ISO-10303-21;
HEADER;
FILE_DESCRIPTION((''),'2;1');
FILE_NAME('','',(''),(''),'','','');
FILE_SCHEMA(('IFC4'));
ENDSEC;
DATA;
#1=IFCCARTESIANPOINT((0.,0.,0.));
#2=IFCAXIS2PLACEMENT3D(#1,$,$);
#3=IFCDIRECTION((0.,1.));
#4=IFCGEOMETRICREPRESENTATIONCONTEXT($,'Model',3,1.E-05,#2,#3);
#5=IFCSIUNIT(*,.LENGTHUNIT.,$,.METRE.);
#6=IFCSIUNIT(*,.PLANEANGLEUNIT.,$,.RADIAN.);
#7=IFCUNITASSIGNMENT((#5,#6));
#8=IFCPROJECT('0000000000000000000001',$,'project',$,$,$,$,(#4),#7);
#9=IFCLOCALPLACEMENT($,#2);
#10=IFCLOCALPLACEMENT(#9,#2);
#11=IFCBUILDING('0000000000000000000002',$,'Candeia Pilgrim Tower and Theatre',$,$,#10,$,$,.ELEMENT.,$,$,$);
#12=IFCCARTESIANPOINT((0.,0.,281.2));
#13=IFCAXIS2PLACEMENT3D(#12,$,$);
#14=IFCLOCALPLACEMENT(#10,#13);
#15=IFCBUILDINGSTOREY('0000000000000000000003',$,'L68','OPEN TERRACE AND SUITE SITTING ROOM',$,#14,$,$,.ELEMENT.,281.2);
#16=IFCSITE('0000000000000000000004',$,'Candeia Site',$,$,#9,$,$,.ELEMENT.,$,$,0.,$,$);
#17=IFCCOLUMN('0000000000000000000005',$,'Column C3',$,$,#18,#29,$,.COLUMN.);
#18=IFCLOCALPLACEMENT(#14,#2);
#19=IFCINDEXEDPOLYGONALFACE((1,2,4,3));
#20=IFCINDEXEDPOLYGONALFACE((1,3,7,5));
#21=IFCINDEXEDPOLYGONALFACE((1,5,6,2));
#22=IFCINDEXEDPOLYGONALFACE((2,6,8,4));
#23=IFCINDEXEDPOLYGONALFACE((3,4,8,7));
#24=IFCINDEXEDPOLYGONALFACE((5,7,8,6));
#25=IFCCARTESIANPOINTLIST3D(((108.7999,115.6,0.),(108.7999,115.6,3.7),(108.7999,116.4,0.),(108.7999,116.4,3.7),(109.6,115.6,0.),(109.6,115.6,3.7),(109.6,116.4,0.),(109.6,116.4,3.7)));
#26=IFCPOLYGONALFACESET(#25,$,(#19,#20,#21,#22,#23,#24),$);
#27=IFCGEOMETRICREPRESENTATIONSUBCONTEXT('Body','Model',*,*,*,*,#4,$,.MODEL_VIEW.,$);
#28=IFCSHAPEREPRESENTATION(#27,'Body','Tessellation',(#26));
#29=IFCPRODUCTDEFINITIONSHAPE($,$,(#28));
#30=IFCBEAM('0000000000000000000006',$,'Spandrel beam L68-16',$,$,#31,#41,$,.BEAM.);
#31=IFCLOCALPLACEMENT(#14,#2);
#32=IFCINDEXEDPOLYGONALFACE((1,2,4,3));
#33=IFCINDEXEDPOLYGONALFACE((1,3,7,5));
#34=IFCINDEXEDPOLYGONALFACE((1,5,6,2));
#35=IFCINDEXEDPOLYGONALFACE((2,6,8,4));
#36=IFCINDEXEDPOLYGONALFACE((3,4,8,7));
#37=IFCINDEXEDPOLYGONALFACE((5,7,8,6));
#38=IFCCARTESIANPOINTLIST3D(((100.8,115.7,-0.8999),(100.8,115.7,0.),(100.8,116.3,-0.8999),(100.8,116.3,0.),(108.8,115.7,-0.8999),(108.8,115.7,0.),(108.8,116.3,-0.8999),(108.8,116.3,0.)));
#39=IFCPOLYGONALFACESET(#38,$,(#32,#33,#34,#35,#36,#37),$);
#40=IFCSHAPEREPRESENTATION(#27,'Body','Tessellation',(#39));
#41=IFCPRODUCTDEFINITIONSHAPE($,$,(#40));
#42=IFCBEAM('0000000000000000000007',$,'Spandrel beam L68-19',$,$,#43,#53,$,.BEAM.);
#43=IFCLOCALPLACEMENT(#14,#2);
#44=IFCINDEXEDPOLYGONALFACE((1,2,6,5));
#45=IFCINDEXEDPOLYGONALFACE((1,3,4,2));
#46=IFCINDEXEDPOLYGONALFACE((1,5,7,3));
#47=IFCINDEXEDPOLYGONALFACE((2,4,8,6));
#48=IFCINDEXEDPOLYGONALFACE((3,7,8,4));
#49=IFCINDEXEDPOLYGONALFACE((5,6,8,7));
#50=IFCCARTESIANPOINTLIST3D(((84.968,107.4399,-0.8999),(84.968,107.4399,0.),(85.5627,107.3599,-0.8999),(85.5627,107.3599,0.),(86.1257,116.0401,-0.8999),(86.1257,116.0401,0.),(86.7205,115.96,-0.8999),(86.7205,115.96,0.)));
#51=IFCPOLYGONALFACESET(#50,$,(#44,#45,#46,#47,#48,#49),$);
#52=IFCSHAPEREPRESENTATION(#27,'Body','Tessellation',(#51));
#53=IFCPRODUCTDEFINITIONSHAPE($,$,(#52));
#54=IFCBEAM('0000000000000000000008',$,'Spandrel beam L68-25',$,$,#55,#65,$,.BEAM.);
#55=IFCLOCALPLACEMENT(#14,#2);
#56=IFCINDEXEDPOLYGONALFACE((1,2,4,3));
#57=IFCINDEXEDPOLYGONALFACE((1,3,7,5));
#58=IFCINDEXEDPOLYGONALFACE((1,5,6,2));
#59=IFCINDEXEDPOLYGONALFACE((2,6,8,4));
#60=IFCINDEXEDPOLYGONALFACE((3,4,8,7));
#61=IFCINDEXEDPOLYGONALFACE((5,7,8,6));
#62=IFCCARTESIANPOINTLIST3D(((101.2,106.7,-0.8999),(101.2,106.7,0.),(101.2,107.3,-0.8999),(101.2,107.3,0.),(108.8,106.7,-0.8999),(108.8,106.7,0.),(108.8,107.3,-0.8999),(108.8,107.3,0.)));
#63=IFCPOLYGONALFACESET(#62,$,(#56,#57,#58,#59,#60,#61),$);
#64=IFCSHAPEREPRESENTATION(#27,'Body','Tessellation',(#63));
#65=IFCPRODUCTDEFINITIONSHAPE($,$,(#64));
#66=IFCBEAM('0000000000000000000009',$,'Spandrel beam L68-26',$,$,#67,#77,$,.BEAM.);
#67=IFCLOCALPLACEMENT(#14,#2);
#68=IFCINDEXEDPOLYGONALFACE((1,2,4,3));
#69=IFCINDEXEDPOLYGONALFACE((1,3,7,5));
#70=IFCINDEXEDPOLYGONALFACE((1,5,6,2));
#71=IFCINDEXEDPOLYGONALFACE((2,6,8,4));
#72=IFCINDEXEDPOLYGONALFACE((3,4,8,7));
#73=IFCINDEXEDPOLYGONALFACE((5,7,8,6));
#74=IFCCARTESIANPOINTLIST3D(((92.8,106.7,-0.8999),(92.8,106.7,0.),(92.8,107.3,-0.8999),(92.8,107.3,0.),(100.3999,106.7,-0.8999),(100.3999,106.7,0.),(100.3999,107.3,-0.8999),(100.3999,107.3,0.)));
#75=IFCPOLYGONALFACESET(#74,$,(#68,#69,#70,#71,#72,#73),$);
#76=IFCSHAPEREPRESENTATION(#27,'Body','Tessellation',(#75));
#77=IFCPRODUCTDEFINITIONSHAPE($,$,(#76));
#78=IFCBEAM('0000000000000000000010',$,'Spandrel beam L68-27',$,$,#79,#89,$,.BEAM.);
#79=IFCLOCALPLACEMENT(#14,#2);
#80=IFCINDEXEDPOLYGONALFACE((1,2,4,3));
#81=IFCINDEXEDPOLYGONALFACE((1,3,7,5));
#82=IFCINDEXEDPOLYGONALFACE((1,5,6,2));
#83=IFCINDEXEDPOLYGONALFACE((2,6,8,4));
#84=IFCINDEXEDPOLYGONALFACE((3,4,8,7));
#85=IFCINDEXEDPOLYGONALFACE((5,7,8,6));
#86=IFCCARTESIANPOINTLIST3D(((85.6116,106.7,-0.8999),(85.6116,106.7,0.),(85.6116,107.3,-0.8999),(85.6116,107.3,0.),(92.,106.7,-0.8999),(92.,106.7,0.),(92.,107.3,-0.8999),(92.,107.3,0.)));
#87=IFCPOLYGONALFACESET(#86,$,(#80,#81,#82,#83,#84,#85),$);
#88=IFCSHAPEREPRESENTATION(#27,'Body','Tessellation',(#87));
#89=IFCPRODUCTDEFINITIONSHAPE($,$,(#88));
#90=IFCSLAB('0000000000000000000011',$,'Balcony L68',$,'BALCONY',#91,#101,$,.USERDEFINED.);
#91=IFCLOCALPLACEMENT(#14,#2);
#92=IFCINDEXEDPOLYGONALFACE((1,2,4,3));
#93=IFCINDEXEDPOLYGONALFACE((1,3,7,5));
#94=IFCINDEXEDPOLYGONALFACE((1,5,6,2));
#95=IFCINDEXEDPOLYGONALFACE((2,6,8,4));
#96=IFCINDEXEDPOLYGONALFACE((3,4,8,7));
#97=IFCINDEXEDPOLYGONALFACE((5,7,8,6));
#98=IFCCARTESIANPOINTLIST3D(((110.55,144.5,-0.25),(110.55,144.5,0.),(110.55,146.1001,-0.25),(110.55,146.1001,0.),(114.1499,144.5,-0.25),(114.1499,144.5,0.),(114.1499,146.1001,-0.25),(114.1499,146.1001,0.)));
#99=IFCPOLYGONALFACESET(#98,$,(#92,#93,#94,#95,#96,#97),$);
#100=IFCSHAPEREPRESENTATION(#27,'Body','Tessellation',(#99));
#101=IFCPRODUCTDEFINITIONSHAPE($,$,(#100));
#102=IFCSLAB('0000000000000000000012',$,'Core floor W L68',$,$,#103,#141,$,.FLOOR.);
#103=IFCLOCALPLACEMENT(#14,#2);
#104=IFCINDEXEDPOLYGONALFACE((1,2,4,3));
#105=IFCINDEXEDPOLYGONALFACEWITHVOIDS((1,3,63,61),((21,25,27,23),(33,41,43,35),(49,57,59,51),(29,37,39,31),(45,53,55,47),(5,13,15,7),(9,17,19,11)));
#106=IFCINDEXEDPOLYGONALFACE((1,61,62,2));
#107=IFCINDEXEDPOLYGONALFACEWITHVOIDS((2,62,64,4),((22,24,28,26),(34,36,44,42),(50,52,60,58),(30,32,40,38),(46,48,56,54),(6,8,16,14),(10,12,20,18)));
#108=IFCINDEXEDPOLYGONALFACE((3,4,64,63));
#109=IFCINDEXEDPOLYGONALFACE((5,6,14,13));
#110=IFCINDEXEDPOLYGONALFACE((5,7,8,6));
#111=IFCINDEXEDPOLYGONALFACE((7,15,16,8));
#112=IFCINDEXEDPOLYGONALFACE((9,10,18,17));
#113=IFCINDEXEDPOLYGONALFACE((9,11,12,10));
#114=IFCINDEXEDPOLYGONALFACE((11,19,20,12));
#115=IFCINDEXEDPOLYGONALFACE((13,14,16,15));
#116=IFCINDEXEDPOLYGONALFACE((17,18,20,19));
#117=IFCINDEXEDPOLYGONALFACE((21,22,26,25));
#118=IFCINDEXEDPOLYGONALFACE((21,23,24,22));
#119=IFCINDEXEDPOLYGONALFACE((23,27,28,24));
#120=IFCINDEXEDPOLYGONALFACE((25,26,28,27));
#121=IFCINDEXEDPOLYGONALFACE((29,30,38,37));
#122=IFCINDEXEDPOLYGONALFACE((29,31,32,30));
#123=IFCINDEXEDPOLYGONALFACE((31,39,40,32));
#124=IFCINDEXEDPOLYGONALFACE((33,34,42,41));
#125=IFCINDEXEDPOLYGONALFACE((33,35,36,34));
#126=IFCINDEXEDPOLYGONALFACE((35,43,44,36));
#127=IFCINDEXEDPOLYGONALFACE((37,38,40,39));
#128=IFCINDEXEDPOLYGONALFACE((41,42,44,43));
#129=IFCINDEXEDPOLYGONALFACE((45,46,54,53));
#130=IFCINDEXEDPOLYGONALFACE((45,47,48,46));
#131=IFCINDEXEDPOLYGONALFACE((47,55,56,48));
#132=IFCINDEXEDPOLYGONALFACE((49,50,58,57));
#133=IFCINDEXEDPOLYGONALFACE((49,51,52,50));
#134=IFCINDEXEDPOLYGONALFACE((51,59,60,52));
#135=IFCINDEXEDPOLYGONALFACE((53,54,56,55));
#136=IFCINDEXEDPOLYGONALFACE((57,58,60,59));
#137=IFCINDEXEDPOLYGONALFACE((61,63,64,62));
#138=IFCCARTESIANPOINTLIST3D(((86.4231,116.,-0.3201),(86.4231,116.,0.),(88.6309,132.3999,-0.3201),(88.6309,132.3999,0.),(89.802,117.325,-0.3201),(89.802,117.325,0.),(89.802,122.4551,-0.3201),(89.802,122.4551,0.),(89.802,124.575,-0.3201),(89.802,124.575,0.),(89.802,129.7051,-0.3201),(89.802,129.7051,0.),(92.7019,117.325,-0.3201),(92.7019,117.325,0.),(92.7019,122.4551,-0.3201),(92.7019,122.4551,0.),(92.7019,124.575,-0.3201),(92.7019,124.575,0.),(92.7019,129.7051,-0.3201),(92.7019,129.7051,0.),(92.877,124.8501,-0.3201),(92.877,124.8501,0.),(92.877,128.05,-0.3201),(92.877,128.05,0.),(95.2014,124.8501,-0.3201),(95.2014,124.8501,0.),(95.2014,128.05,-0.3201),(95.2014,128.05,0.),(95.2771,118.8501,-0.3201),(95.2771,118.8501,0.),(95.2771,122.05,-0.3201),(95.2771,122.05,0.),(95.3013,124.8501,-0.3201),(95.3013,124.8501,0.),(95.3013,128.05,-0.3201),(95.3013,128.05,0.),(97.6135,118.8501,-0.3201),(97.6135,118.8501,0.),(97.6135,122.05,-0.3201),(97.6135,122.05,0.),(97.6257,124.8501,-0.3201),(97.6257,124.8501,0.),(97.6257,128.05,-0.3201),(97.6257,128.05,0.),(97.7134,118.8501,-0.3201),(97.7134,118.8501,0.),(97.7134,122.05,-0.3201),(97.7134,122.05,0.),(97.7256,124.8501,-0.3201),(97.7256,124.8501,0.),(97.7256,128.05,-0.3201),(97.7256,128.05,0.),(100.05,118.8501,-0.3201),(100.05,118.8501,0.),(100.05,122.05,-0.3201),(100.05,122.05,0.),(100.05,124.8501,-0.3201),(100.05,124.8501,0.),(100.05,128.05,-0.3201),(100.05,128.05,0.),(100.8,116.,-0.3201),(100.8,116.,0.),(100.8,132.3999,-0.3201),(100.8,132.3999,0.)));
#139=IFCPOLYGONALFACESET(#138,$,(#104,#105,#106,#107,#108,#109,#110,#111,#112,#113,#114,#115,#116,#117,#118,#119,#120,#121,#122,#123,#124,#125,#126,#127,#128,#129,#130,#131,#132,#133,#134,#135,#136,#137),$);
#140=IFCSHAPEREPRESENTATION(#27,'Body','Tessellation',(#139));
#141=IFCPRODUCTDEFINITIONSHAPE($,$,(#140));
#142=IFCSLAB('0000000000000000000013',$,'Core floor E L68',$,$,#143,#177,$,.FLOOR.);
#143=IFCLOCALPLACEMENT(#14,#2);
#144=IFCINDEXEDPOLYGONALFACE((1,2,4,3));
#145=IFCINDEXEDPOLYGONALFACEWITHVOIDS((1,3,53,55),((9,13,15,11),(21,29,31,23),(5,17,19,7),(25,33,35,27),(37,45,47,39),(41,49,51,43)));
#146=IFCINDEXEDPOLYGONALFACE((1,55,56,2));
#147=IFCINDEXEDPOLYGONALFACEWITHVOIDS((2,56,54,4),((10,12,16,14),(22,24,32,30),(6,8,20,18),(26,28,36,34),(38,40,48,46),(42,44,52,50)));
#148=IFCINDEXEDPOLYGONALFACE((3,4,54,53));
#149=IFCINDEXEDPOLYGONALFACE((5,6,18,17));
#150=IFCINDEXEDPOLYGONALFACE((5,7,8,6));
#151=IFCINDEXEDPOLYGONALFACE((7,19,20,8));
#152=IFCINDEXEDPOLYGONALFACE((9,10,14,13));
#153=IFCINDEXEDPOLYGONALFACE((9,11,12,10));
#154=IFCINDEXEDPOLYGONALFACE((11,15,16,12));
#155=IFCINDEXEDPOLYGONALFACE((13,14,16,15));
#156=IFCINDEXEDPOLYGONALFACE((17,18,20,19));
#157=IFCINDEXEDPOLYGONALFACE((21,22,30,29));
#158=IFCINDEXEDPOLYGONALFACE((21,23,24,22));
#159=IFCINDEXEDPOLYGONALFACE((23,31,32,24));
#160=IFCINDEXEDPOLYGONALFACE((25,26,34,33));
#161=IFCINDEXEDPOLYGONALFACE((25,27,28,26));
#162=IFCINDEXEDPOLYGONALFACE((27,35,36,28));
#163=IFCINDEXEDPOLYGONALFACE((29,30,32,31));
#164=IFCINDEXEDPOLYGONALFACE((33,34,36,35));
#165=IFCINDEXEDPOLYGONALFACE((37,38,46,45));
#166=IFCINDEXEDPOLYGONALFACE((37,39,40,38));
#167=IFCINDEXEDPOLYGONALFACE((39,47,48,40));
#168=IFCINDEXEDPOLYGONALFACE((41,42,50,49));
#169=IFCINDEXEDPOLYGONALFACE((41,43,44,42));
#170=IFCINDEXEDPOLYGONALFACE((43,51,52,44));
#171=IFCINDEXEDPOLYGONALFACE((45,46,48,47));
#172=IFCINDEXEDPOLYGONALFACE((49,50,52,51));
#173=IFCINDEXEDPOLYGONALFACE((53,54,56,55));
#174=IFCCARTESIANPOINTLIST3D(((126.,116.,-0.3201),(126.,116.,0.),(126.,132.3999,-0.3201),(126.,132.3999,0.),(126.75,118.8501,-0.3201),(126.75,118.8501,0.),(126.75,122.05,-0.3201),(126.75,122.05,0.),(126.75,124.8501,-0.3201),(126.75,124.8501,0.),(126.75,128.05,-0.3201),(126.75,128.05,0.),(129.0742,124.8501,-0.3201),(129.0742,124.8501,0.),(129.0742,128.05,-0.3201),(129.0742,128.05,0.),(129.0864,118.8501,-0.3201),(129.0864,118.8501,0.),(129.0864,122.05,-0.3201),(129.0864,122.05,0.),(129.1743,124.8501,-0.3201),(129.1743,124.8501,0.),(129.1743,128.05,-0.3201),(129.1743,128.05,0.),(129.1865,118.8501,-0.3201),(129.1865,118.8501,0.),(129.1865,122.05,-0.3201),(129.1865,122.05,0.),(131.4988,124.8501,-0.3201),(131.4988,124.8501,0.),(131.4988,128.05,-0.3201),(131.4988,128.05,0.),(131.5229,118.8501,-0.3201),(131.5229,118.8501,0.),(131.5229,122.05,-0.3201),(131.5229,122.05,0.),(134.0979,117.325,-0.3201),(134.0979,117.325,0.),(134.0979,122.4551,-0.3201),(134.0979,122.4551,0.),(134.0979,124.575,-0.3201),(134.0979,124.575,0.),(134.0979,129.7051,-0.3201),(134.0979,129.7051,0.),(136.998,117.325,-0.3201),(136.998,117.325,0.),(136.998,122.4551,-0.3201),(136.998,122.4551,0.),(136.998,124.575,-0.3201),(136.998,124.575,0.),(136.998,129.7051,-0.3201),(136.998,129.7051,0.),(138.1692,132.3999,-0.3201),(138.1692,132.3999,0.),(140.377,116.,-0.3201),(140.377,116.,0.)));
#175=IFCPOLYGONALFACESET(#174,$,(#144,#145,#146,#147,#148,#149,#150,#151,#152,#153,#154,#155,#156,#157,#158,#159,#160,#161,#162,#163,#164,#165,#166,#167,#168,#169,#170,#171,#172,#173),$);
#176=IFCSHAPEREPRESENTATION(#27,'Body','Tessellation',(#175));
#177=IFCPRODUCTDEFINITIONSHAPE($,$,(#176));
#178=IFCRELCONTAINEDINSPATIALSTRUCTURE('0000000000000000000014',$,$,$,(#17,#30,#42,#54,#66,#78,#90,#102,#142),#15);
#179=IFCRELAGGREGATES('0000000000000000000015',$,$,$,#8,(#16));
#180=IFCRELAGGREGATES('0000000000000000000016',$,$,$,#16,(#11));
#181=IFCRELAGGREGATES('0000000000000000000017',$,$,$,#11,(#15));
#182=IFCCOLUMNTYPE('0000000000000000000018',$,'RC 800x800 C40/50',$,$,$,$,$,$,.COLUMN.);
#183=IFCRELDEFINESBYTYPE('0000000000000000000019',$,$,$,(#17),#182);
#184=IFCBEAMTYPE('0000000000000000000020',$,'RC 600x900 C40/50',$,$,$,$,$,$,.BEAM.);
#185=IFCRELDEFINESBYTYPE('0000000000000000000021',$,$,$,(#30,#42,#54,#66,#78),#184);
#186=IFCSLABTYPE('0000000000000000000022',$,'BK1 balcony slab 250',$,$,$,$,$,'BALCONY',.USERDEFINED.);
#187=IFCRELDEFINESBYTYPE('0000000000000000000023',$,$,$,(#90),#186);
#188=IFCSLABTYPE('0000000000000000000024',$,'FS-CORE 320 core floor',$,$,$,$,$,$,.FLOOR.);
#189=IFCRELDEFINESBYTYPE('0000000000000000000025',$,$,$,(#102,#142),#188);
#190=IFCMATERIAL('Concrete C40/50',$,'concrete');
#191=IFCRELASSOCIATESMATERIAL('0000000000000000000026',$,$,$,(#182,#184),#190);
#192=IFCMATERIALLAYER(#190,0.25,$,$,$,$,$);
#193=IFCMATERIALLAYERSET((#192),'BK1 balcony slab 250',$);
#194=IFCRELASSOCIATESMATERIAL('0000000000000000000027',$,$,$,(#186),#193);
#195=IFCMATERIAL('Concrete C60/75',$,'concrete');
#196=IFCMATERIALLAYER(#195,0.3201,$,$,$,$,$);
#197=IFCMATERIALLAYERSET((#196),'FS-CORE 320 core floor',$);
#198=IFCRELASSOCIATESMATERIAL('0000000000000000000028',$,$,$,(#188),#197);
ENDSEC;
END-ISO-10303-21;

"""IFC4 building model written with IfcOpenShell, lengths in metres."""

from ifc_helpers import new_model, si_unit, direction, frame, origin, origin_2d, place, context, subcontext, project, spatial, polyline, rectangle, outline, extrude, material, layer, layer_set, material_profile, profile_set, type_object, element, save


model = new_model("IFC4")

# Units and contexts
model_context = context("Model", 3, precision=1e-05, world=origin(), true_north=direction((0.0, 1.0)))
body_context = subcontext(model_context, "Body", "Model", "MODEL_VIEW")
ifc_project = project(units=[si_unit("LENGTHUNIT", "METRE"), si_unit("PLANEANGLEUNIT", "RADIAN")], contexts=[model_context])

# Site, building, storey
site_placement = place(None, origin())
site = spatial("IfcSite", under=ifc_project, at=site_placement, Name="Candeia Site", CompositionType="ELEMENT", RefElevation=0.0)
building_placement = place(site_placement, origin())
building = spatial("IfcBuilding", under=site, at=building_placement, Name="Candeia Pilgrim Tower and Theatre", CompositionType="ELEMENT")
storey_placement = place(building_placement, frame((0.0, 0.0, 281.2)))
storey = spatial("IfcBuildingStorey", under=building, at=storey_placement, Name="L68", Description="OPEN TERRACE AND SUITE SITTING ROOM", CompositionType="ELEMENT", Elevation=281.2)

# Column
ifc_material_1 = material(Name="Concrete C40/50", Category="concrete")
ifc_material_profile_1 = material_profile(ifc_material_1, rectangle(XDim=0.8, YDim=0.8, at=origin_2d()))
ifc_profile_set_1 = profile_set([ifc_material_profile_1], Name="Concrete C40/50")
column_type = type_object("IfcColumnType", Name="RC 800x800 C40/50", PredefinedType="COLUMN", material=ifc_profile_set_1)
column_placement = place(storey_placement, frame((109.2, 116.0, 0.0), z_axis=(0.0, 0.0, 1.0), x_axis=(1.0, 0.0, 0.0)))
element("IfcColumn", 1, at=column_placement, inside=storey, type_object=column_type, Name="Column C3", PredefinedType="COLUMN", context=body_context, shape_type="SweptSolid", body=[
    extrude(rectangle(XDim=0.8, YDim=0.8, at=origin_2d()), origin(), (0.0, 0.0, 1.0), 3.7),
])

# Beams
ifc_material_profile_2 = material_profile(ifc_material_1, rectangle(XDim=0.6001, YDim=0.8999, at=origin_2d()))
ifc_profile_set_2 = profile_set([ifc_material_profile_2], Name="Concrete C40/50")
beam_type = type_object("IfcBeamType", Name="RC 600x900 C40/50", PredefinedType="BEAM", material=ifc_profile_set_2)
beam_1_placement = place(storey_placement, frame((108.8, 116.0, -0.45), z_axis=(-1.0, 0.0, 0.0), x_axis=(0.0, -1.0, 0.0)))
element("IfcBeam", 2, at=beam_1_placement, inside=storey, type_object=beam_type, Name="Spandrel beam L68-16", PredefinedType="BEAM", context=body_context, shape_type="SweptSolid", body=[
    extrude(rectangle(XDim=0.6001, YDim=0.8999, at=origin_2d()), origin(), (0.0, 0.0, 1.0), 8.0),
])
beam_2_placement = place(storey_placement, frame((85.2654, 107.3999, -0.45), z_axis=(0.133413, 0.991061, 0.0), x_axis=(-0.991061, 0.133413, 0.0)))
element("IfcBeam", 3, at=beam_2_placement, inside=storey, type_object=beam_type, Name="Spandrel beam L68-19", PredefinedType="BEAM", context=body_context, shape_type="SweptSolid", body=[
    extrude(rectangle(XDim=0.6001, YDim=0.8999, at=origin_2d()), origin(), (0.0, 0.0, 1.0), 8.6777),
])
beam_3_placement = place(storey_placement, frame((108.8, 107.0, -0.45), z_axis=(-1.0, 0.0, 0.0), x_axis=(0.0, -1.0, 0.0)))
element("IfcBeam", 4, at=beam_3_placement, inside=storey, type_object=beam_type, Name="Spandrel beam L68-25", PredefinedType="BEAM", context=body_context, shape_type="SweptSolid", body=[
    extrude(rectangle(XDim=0.6001, YDim=0.8999, at=origin_2d()), origin(), (0.0, 0.0, 1.0), 7.6001),
])
beam_4_placement = place(storey_placement, frame((100.3999, 107.0, -0.45), z_axis=(-1.0, 0.0, 0.0), x_axis=(0.0, -1.0, 0.0)))
element("IfcBeam", 5, at=beam_4_placement, inside=storey, type_object=beam_type, Name="Spandrel beam L68-26", PredefinedType="BEAM", context=body_context, shape_type="SweptSolid", body=[
    extrude(rectangle(XDim=0.6001, YDim=0.8999, at=origin_2d()), origin(), (0.0, 0.0, 1.0), 7.5999),
])
beam_5_placement = place(storey_placement, frame((92.0, 107.0, -0.45), z_axis=(-1.0, 0.0, 0.0), x_axis=(0.0, -1.0, 0.0)))
element("IfcBeam", 6, at=beam_5_placement, inside=storey, type_object=beam_type, Name="Spandrel beam L68-27", PredefinedType="BEAM", context=body_context, shape_type="SweptSolid", body=[
    extrude(rectangle(XDim=0.6001, YDim=0.8999, at=origin_2d()), origin(), (0.0, 0.0, 1.0), 6.3884),
])

# Slabs
ifc_layer_1 = layer(ifc_material_1, 0.25)
ifc_layer_set_1 = layer_set([ifc_layer_1], Name="BK1 balcony slab 250")
slab_type_1 = type_object("IfcSlabType", Name="BK1 balcony slab 250", ElementType="BALCONY", PredefinedType="USERDEFINED", material=ifc_layer_set_1)
slab_1_placement = place(storey_placement, frame((0.0, 0.0, -0.25)))
element("IfcSlab", 7, at=slab_1_placement, inside=storey, type_object=slab_type_1, Name="Balcony L68", ObjectType="BALCONY", PredefinedType="USERDEFINED", context=body_context, shape_type="SweptSolid", body=[
    extrude(outline(polyline([(110.55, 144.5), (114.1499, 144.5), (114.1499, 146.1001), (110.55, 146.1001), (110.55, 144.5)])), origin(), (0.0, 0.0, 1.0), 0.25),
])
ifc_material_2 = material(Name="Concrete C60/75", Category="concrete")
ifc_layer_2 = layer(ifc_material_2, 0.3201)
ifc_layer_set_2 = layer_set([ifc_layer_2], Name="FS-CORE 320 core floor")
slab_type_2 = type_object("IfcSlabType", Name="FS-CORE 320 core floor", PredefinedType="FLOOR", material=ifc_layer_set_2)
slab_2_placement = place(storey_placement, frame((0.0, 0.0, -0.3201)))
element("IfcSlab", 8, at=slab_2_placement, inside=storey, type_object=slab_type_2, Name="Core floor W L68", PredefinedType="FLOOR", context=body_context, shape_type="SweptSolid", body=[
    extrude(outline(polyline([(100.8, 132.3999), (100.8, 116.0), (86.4231, 116.0), (88.6309, 132.3999), (100.8, 132.3999)]), holes=[polyline([(97.7134, 122.05), (97.7134, 118.8501), (100.05, 118.8501), (100.05, 122.05), (97.7134, 122.05)]), polyline([(97.7256, 128.05), (97.7256, 124.8501), (100.05, 124.8501), (100.05, 128.05), (97.7256, 128.05)]), polyline([(95.3013, 128.05), (95.3013, 124.8501), (97.6257, 124.8501), (97.6257, 128.05), (95.3013, 128.05)]), polyline([(95.2771, 122.05), (95.2771, 118.8501), (97.6135, 118.8501), (97.6135, 122.05), (95.2771, 122.05)]), polyline([(92.877, 128.05), (92.877, 124.8501), (95.2014, 124.8501), (95.2014, 128.05), (92.877, 128.05)]), polyline([(89.802, 117.325), (92.7019, 117.325), (92.7019, 122.4551), (89.802, 122.4551), (89.802, 117.325)]), polyline([(89.802, 129.7051), (89.802, 124.575), (92.7019, 124.575), (92.7019, 129.7051), (89.802, 129.7051)])]), origin(), (0.0, 0.0, 1.0), 0.3201),
])
slab_3_placement = place(storey_placement, frame((0.0, 0.0, -0.3201)))
element("IfcSlab", 9, at=slab_3_placement, inside=storey, type_object=slab_type_2, Name="Core floor E L68", PredefinedType="FLOOR", context=body_context, shape_type="SweptSolid", body=[
    extrude(outline(polyline([(138.1692, 132.3999), (140.377, 116.0), (126.0, 116.0), (126.0, 132.3999), (138.1692, 132.3999)]), holes=[polyline([(134.0979, 117.325), (136.998, 117.325), (136.998, 122.4551), (134.0979, 122.4551), (134.0979, 117.325)]), polyline([(134.0979, 129.7051), (134.0979, 124.575), (136.998, 124.575), (136.998, 129.7051), (134.0979, 129.7051)]), polyline([(131.5229, 122.05), (129.1865, 122.05), (129.1865, 118.8501), (131.5229, 118.8501), (131.5229, 122.05)]), polyline([(131.4988, 128.05), (129.1743, 128.05), (129.1743, 124.8501), (131.4988, 124.8501), (131.4988, 128.05)]), polyline([(129.0864, 122.05), (126.75, 122.05), (126.75, 118.8501), (129.0864, 118.8501), (129.0864, 122.05)]), polyline([(126.75, 128.05), (126.75, 124.8501), (129.0742, 124.8501), (129.0742, 128.05), (126.75, 128.05)])]), origin(), (0.0, 0.0, 1.0), 0.3201),
])

save(model, "model.ifc")
